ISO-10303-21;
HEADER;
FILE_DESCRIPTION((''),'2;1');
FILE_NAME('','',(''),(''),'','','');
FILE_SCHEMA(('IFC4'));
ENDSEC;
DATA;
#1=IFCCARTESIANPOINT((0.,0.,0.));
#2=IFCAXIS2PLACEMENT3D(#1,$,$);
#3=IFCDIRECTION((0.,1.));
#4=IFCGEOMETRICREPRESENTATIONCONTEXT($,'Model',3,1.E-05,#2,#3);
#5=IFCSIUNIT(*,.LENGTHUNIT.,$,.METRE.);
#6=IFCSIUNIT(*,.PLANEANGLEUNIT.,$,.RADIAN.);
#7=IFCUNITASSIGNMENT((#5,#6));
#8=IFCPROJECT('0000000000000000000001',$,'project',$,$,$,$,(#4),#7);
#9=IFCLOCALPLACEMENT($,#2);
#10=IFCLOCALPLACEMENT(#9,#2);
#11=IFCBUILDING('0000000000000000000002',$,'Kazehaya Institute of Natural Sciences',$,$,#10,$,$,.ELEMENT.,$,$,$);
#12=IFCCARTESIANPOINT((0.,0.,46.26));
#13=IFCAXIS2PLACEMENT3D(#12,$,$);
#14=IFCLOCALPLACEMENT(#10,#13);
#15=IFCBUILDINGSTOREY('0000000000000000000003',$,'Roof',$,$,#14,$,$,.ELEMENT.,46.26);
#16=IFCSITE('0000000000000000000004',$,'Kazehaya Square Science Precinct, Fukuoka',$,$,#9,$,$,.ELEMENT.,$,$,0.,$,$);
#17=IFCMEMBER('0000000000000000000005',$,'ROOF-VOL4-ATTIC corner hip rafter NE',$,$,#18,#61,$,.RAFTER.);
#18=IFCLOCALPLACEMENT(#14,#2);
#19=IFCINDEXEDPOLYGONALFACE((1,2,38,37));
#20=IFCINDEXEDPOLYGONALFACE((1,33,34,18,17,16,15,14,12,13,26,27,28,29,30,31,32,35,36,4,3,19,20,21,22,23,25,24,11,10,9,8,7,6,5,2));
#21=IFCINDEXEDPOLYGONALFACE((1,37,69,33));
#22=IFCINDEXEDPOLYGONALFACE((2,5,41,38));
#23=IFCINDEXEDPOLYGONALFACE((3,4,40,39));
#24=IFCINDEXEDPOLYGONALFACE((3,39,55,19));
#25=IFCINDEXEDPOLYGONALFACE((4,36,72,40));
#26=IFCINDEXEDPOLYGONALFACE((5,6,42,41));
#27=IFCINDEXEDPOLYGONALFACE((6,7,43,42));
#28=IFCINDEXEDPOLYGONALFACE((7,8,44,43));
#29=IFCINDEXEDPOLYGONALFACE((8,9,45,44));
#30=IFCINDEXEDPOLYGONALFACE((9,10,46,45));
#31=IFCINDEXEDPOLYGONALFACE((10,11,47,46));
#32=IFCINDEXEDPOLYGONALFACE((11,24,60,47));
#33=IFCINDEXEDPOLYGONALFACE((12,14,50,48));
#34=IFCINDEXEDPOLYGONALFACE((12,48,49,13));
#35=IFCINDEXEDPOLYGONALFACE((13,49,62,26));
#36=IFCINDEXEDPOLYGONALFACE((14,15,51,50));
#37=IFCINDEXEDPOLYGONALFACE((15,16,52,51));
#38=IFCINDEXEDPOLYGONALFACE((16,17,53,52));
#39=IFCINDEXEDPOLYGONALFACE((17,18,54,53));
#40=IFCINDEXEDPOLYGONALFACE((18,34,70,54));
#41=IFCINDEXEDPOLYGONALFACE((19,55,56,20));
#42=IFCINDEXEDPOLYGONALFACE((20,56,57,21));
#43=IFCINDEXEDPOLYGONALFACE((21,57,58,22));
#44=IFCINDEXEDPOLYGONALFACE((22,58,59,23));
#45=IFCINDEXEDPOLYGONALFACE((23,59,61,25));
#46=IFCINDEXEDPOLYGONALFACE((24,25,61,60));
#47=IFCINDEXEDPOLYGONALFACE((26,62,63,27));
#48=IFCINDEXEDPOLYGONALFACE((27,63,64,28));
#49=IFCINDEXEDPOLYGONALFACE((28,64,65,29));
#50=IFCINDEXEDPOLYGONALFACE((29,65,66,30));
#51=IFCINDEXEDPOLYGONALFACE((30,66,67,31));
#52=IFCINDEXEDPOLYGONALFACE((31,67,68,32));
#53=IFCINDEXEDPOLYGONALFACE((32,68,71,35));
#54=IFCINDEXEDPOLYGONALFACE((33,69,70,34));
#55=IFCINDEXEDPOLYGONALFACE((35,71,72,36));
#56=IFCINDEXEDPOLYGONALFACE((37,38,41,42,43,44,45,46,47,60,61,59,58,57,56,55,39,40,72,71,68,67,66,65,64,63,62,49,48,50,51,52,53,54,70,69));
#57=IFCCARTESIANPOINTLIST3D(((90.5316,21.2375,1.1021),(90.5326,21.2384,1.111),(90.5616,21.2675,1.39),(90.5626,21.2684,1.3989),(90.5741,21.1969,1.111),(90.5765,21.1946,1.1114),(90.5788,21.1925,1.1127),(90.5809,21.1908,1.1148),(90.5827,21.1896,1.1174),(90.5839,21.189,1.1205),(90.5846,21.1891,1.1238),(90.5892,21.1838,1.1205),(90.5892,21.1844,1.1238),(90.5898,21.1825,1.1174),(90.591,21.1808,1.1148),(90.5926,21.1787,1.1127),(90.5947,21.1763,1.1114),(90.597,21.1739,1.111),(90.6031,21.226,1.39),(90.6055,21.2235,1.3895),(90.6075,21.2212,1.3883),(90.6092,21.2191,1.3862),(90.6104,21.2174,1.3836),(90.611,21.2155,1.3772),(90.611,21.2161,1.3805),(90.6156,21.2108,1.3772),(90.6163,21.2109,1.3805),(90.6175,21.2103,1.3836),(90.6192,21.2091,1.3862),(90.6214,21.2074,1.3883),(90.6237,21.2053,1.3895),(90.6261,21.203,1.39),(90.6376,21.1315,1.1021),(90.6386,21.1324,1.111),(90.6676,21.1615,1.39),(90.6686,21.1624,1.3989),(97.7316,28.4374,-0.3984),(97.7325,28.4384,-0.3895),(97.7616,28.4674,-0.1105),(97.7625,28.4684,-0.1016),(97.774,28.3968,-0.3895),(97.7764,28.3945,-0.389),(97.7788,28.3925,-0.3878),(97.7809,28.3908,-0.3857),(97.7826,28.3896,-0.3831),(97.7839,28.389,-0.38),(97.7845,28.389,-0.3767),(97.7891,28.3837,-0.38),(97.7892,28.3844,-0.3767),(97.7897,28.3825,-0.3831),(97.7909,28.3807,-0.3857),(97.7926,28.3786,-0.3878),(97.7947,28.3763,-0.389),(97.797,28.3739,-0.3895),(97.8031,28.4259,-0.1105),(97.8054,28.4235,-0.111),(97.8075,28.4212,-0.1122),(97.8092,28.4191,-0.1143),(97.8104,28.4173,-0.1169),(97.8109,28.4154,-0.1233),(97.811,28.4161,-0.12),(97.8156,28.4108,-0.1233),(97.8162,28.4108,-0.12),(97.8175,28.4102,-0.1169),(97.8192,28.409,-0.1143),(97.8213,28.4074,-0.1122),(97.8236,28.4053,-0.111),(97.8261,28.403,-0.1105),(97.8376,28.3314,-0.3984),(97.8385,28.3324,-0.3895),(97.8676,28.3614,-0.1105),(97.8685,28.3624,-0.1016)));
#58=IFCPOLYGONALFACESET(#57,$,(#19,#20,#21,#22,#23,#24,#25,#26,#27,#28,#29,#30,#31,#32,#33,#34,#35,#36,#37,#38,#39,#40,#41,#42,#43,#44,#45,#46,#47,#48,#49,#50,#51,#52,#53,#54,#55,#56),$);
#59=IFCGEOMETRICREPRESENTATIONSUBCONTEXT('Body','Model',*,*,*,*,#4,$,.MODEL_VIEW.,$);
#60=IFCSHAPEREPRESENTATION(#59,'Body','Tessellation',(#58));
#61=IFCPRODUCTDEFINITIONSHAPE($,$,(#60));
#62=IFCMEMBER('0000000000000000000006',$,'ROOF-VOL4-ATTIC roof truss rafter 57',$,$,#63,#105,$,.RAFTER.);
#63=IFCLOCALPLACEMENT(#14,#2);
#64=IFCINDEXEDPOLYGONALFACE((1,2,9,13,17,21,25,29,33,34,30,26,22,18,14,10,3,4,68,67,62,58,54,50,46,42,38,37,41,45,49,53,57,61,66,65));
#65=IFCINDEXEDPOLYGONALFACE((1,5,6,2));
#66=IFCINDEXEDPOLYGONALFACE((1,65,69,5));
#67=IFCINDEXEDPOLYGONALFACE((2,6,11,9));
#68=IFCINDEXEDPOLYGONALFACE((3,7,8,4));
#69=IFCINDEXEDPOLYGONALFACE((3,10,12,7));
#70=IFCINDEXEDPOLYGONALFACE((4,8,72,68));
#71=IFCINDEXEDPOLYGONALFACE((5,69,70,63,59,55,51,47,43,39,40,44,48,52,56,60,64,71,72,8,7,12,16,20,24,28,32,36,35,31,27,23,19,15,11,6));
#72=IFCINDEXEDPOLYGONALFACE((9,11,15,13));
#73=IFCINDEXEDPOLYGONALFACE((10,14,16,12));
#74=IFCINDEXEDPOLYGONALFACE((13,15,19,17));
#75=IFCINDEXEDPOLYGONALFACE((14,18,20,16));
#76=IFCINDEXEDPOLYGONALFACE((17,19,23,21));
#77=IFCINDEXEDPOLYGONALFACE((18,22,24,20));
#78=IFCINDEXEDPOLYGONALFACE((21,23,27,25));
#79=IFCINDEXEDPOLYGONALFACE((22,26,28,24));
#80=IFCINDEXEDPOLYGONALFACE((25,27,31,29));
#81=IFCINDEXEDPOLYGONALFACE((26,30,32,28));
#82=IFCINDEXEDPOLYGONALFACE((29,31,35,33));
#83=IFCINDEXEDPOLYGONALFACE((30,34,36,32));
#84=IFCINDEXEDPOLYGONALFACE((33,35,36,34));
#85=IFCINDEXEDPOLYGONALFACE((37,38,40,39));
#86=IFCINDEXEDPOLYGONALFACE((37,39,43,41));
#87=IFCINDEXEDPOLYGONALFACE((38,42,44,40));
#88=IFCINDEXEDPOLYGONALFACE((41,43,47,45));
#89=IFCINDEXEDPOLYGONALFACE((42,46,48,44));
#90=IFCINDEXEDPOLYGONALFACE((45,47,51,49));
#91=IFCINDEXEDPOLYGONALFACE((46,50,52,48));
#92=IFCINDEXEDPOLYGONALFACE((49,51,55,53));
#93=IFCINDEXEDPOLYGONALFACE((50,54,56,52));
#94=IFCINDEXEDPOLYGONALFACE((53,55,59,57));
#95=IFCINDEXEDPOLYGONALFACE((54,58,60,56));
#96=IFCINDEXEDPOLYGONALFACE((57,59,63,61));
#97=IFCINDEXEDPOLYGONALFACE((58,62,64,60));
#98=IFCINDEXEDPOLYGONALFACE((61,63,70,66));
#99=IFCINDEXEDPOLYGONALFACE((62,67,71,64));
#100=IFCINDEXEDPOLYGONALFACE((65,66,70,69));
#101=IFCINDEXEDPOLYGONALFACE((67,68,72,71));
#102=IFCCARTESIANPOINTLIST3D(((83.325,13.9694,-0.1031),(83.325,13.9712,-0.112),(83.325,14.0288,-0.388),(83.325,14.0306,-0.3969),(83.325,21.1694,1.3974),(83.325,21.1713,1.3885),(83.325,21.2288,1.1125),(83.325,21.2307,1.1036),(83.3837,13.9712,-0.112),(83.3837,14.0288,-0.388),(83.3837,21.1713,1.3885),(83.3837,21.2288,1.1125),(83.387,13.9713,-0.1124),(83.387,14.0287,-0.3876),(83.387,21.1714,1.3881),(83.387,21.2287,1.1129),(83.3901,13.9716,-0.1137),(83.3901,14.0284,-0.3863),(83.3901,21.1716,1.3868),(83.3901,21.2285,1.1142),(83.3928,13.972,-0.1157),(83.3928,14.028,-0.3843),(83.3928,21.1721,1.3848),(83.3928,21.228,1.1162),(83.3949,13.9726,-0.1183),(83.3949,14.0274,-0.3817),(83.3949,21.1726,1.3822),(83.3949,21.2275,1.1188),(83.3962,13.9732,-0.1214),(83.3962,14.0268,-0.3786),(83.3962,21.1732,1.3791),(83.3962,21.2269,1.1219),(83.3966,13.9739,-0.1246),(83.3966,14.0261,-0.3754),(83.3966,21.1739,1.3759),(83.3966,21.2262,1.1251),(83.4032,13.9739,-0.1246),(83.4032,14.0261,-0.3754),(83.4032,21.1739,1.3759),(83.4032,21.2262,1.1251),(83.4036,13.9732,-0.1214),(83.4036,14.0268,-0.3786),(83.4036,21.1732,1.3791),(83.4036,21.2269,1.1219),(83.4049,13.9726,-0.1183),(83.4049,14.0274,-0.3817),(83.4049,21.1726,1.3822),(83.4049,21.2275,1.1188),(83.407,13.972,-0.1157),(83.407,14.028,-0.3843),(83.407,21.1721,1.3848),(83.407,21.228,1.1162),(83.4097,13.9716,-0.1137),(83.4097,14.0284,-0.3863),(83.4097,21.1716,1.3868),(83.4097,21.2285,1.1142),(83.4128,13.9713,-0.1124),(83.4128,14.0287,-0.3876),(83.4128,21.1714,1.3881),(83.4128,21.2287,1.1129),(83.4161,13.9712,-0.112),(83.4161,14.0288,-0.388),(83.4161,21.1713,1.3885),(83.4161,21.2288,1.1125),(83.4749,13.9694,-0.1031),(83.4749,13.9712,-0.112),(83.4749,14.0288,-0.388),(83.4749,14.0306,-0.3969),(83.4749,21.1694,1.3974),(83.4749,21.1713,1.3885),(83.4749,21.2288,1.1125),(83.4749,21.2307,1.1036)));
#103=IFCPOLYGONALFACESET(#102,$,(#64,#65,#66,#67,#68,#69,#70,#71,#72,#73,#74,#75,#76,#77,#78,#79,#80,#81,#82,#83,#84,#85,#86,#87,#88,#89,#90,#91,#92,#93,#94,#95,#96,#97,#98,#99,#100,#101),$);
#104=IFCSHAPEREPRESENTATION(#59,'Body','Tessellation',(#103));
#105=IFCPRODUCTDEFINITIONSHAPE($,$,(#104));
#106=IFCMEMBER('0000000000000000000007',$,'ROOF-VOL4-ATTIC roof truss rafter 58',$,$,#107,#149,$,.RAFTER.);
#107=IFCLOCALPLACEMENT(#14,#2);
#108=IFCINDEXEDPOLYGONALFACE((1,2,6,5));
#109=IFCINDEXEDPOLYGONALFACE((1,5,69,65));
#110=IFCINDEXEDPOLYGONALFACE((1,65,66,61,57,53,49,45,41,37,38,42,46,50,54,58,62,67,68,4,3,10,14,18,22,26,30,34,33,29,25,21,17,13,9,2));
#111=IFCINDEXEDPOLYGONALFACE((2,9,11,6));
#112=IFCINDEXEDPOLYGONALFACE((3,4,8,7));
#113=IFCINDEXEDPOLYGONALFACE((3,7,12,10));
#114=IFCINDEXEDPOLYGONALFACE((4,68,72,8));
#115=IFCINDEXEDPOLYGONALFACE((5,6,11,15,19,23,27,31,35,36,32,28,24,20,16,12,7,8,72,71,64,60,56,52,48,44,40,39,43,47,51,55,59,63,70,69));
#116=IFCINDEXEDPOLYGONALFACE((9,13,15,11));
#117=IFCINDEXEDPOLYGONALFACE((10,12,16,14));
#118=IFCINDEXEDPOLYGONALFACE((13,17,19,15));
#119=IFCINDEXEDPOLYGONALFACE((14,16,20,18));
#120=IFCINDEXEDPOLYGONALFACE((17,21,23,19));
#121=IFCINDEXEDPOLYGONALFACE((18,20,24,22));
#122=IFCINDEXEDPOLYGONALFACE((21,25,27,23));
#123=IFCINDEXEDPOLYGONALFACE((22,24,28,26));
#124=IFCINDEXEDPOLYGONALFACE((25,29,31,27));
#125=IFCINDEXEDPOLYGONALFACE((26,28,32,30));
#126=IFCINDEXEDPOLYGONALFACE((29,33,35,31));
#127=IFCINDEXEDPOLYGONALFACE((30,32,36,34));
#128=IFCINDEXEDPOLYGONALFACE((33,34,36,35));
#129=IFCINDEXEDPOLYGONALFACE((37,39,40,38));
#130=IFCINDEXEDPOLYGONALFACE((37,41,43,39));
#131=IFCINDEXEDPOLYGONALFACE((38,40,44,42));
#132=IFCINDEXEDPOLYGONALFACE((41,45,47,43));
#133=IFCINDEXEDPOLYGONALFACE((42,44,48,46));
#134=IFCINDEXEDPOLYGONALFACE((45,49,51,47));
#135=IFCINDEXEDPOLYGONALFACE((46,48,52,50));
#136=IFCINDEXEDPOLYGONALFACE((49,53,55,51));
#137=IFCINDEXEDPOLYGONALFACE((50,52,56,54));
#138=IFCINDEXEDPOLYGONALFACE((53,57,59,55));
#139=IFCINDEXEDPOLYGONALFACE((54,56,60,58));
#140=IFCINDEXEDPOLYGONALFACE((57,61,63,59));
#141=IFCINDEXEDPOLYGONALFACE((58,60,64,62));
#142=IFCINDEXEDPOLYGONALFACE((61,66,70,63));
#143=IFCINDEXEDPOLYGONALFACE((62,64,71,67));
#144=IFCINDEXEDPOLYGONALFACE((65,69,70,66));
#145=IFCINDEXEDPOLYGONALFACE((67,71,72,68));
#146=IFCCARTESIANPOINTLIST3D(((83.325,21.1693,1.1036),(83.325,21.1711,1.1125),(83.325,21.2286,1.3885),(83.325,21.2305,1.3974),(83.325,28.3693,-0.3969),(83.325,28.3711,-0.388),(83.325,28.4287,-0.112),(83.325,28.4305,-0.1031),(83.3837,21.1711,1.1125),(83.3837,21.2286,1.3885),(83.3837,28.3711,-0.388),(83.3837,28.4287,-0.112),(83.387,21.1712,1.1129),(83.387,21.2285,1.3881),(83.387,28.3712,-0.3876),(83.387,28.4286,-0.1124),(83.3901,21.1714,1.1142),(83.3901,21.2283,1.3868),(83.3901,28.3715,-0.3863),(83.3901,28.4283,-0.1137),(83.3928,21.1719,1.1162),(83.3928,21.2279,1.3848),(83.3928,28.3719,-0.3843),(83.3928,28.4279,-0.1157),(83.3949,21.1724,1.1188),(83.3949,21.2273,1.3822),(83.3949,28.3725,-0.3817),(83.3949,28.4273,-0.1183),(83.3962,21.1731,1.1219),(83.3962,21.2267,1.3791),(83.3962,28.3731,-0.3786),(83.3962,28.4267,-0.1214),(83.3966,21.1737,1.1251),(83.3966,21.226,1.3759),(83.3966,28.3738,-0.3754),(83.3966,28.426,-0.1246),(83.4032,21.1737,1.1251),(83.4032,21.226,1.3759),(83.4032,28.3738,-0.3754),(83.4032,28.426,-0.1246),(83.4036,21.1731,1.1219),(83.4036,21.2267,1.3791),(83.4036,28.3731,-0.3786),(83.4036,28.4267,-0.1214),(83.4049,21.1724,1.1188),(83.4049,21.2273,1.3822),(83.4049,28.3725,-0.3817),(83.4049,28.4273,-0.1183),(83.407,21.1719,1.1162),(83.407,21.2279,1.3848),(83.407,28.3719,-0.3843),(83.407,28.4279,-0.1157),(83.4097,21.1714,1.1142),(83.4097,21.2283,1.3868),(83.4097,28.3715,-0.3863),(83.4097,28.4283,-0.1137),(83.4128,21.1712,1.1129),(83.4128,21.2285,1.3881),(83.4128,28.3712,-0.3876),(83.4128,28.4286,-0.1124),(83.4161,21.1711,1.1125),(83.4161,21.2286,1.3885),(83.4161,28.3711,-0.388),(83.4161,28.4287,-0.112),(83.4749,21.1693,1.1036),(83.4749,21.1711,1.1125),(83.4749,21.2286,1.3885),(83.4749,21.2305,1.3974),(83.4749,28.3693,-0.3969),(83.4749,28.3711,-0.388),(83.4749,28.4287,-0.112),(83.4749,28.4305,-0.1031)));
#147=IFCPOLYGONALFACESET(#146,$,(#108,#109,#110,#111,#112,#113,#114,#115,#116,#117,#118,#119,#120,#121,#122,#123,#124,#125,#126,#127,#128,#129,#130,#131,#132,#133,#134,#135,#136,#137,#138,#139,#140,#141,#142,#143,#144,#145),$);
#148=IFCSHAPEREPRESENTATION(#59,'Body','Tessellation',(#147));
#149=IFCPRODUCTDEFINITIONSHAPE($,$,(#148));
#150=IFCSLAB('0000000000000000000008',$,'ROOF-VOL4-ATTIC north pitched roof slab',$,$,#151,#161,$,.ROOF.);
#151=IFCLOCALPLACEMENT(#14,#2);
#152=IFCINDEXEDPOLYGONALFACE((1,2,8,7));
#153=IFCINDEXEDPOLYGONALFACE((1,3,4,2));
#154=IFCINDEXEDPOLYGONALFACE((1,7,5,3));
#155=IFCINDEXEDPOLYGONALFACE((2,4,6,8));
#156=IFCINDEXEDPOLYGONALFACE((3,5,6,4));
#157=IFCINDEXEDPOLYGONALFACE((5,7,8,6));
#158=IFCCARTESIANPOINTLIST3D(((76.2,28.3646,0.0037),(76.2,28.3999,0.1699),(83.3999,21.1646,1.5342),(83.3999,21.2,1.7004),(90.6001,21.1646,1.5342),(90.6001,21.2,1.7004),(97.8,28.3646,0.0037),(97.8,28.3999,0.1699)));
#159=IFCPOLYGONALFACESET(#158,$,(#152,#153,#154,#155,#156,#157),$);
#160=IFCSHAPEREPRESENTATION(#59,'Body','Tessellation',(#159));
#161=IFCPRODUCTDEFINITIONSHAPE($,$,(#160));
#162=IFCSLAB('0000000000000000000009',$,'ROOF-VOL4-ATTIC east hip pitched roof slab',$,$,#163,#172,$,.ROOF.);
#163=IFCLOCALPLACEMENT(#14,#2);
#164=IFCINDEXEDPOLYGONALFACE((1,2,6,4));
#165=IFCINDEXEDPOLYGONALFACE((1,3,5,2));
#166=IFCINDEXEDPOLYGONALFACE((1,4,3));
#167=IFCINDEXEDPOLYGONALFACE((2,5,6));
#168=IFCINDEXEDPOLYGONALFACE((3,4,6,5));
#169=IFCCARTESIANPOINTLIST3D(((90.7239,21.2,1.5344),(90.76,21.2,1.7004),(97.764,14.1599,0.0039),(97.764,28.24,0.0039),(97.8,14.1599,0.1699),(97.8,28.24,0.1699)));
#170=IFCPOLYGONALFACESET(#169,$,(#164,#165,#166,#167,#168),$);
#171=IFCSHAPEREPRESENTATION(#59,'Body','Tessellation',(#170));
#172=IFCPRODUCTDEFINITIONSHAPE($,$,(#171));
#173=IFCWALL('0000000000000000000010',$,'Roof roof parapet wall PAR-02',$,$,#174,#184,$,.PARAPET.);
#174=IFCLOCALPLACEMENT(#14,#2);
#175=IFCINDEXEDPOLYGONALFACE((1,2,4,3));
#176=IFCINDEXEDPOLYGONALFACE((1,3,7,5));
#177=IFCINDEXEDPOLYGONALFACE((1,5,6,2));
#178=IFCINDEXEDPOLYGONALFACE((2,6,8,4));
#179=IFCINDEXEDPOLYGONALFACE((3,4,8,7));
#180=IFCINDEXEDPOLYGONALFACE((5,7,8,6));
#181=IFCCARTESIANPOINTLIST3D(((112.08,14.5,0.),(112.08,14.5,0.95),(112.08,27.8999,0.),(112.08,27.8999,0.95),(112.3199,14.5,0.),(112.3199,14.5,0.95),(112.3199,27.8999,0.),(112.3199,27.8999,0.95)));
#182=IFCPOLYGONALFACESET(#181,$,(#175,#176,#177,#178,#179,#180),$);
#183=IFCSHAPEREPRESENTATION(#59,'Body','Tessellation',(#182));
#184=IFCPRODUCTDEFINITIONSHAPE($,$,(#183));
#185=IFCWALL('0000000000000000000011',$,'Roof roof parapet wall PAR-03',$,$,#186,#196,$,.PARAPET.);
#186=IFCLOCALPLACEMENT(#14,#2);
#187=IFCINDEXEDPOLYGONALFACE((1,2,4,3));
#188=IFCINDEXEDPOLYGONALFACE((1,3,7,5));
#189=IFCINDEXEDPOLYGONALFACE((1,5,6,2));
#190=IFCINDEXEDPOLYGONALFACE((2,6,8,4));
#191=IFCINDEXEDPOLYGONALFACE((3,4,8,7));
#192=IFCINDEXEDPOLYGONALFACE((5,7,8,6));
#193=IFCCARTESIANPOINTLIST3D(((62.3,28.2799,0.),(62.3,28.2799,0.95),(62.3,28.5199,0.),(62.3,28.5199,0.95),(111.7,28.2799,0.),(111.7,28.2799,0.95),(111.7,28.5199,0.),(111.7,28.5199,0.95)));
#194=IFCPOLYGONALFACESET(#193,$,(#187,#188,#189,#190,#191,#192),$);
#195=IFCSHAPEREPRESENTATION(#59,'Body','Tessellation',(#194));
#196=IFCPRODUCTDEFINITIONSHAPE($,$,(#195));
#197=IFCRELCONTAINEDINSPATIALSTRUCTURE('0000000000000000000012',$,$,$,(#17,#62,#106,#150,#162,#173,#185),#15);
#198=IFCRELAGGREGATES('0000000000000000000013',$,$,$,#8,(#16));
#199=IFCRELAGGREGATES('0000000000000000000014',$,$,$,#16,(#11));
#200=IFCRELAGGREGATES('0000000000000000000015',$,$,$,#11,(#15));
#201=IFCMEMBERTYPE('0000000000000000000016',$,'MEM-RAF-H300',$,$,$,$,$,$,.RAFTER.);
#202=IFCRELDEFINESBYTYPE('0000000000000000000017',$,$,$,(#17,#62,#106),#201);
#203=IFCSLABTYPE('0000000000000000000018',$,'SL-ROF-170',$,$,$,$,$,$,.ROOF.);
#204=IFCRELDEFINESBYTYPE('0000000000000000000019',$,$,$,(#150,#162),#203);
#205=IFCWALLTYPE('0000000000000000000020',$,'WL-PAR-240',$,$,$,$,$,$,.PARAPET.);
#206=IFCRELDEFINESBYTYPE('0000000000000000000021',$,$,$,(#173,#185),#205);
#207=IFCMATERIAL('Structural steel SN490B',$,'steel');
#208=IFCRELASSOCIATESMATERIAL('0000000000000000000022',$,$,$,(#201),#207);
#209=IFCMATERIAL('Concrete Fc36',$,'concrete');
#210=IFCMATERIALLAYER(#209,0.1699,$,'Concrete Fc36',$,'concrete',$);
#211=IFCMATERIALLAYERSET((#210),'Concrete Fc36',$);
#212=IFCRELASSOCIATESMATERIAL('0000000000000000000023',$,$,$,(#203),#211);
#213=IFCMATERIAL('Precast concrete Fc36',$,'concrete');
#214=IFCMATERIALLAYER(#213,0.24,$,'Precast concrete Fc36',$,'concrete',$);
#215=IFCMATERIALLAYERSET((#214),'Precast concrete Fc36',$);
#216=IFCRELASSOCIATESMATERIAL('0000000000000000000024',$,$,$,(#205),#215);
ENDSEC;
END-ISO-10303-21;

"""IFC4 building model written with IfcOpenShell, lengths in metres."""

from ifc_helpers import new_model, si_unit, direction, frame, frame_2d, origin, origin_2d, place, context, subcontext, project, spatial, polyline, rectangle, i_section, outline, extrude, material, layer, layer_set, material_profile, profile_set, type_object, element, save


model = new_model("IFC4")

# Units and contexts
model_context = context("Model", 3, precision=1e-05, world=origin(), true_north=direction((0.0, 1.0)))
body_context = subcontext(model_context, "Body", "Model", "MODEL_VIEW")
ifc_project = project(units=[si_unit("LENGTHUNIT", "METRE"), si_unit("PLANEANGLEUNIT", "RADIAN")], contexts=[model_context])

# Site, building, storey
site_placement = place(None, origin())
site = spatial("IfcSite", under=ifc_project, at=site_placement, Name="Kazehaya Square Science Precinct, Fukuoka", CompositionType="ELEMENT", RefElevation=0.0)
building_placement = place(site_placement, origin())
building = spatial("IfcBuilding", under=site, at=building_placement, Name="Kazehaya Institute of Natural Sciences", CompositionType="ELEMENT")
storey_placement = place(building_placement, frame((0.0, 0.0, 46.26)))
storey = spatial("IfcBuildingStorey", under=building, at=storey_placement, Name="Roof", CompositionType="ELEMENT", Elevation=46.26)

# Shared definitions
ifc_material_1 = material(Name="Structural steel SN490B", Category="steel")

# Members
ifc_material_profile_1 = material_profile(ifc_material_1, i_section(OverallWidth=0.1499, OverallDepth=0.3, WebThickness=0.0066, FlangeThickness=0.009, FilletRadius=0.0129, at=origin_2d()), Name="H-300x150x6.5x9")
ifc_profile_set_1 = profile_set([ifc_material_profile_1], Name="Structural steel SN490B")
member_type_1 = type_object("IfcMemberType", Name="MEM-RAF-H300", PredefinedType="RAFTER", material=ifc_profile_set_1)
for number, where, z_axis, x_axis, name in (
    (1, (97.8, 28.3999, -0.25), (-0.699552, -0.699552, 0.145788), (0.707107, -0.707107, 0.0), "ROOF-VOL4-ATTIC corner hip rafter NE"),
):
    element("IfcMember", number, at=place(storey_placement, frame(where, z_axis=z_axis, x_axis=x_axis)), inside=storey, type_object=member_type_1, Name=name, PredefinedType="RAFTER", context=body_context, shape_type="SweptSolid", body=[
        extrude(i_section(OverallWidth=0.1499, OverallDepth=0.3, WebThickness=0.0066, FlangeThickness=0.009, FilletRadius=0.0129, at=origin_2d()), origin(), (0.0, 0.0, 1.0), 10.2922),
    ])
for number, where, z_axis, x_axis, name in (
    (2, (83.3999, 14.0, -0.25), (0.0, 0.978967, 0.204019), (-1.0, 0.0, 0.0), "ROOF-VOL4-ATTIC roof truss rafter 57"),
    (3, (83.3999, 28.3999, -0.25), (0.0, -0.978967, 0.204019), (1.0, 0.0, 0.0), "ROOF-VOL4-ATTIC roof truss rafter 58"),
):
    element("IfcMember", number, at=place(storey_placement, frame(where, z_axis=z_axis, x_axis=x_axis)), inside=storey, type_object=member_type_1, Name=name, PredefinedType="RAFTER", context=body_context, shape_type="SweptSolid", body=[
        extrude(i_section(OverallWidth=0.1499, OverallDepth=0.3, WebThickness=0.0066, FlangeThickness=0.009, FilletRadius=0.0129, at=origin_2d()), origin(), (0.0, 0.0, 1.0), 7.3547),
    ])

# Slabs
ifc_material_2 = material(Name="Concrete Fc36", Category="concrete")
ifc_layer_1 = layer(ifc_material_2, 0.1699, Name="Concrete Fc36", Category="concrete")
ifc_layer_set_1 = layer_set([ifc_layer_1], Name="Concrete Fc36")
slab_type = type_object("IfcSlabType", Name="SL-ROF-170", PredefinedType="ROOF", material=ifc_layer_set_1)
slab_1_placement = place(storey_placement, frame((97.8, 28.3999, 0.1699), z_axis=(0.0, 0.207927, 0.978144), x_axis=(-1.0, 0.0, 0.0)))
element("IfcSlab", 4, at=slab_1_placement, inside=storey, type_object=slab_type, Name="ROOF-VOL4-ATTIC north pitched roof slab", PredefinedType="ROOF", context=body_context, shape_type="SweptSolid", body=[
    extrude(outline(polyline([(0.0, 0.0), (21.6001, 0.0), (14.4001, 7.3608), (7.2, 7.3608), (0.0, 0.0)])), origin(), (0.0, 0.0, -1.0), 0.1699),
])
slab_2_placement = place(storey_placement, frame((97.8, 14.1599, 0.1699), z_axis=(0.212439, 0.0, 0.977174), x_axis=(0.0, 1.0, 0.0)))
element("IfcSlab", 5, at=slab_2_placement, inside=storey, type_object=slab_type, Name="ROOF-VOL4-ATTIC east hip pitched roof slab", PredefinedType="ROOF", context=body_context, shape_type="SweptSolid", body=[
    extrude(outline(polyline([(0.0, 0.0), (14.0801, 0.0), (7.04, 7.2045), (0.0, 0.0)])), origin(), (0.0, 0.0, -1.0), 0.1699),
])

# Walls
ifc_material_3 = material(Name="Precast concrete Fc36", Category="concrete")
ifc_layer_2 = layer(ifc_material_3, 0.24, Name="Precast concrete Fc36", Category="concrete")
ifc_layer_set_2 = layer_set([ifc_layer_2], Name="Precast concrete Fc36")
wall_type_1 = type_object("IfcWallType", Name="WL-PAR-240", PredefinedType="PARAPET", material=ifc_layer_set_2)
wall_1_placement = place(storey_placement, frame((112.2, 14.5, 0.0), z_axis=(0.0, 0.0, 1.0), x_axis=(0.0, 1.0, 0.0)))
element("IfcWall", 6, at=wall_1_placement, inside=storey, type_object=wall_type_1, Name="Roof roof parapet wall PAR-02", PredefinedType="PARAPET", context=body_context, shape_type="SweptSolid", body=[
    extrude(rectangle(XDim=13.3999, YDim=0.24, at=frame_2d((6.7, 0.0))), origin(), (0.0, 0.0, 1.0), 0.95),
])
wall_2_placement = place(storey_placement, frame((111.7, 28.3999, 0.0), z_axis=(0.0, 0.0, 1.0), x_axis=(-1.0, 0.0, 0.0)))
element("IfcWall", 7, at=wall_2_placement, inside=storey, type_object=wall_type_1, Name="Roof roof parapet wall PAR-03", PredefinedType="PARAPET", context=body_context, shape_type="SweptSolid", body=[
    extrude(rectangle(XDim=49.3999, YDim=0.24, at=frame_2d((24.7, 0.0))), origin(), (0.0, 0.0, 1.0), 0.95),
])

save(model, "model.ifc")
